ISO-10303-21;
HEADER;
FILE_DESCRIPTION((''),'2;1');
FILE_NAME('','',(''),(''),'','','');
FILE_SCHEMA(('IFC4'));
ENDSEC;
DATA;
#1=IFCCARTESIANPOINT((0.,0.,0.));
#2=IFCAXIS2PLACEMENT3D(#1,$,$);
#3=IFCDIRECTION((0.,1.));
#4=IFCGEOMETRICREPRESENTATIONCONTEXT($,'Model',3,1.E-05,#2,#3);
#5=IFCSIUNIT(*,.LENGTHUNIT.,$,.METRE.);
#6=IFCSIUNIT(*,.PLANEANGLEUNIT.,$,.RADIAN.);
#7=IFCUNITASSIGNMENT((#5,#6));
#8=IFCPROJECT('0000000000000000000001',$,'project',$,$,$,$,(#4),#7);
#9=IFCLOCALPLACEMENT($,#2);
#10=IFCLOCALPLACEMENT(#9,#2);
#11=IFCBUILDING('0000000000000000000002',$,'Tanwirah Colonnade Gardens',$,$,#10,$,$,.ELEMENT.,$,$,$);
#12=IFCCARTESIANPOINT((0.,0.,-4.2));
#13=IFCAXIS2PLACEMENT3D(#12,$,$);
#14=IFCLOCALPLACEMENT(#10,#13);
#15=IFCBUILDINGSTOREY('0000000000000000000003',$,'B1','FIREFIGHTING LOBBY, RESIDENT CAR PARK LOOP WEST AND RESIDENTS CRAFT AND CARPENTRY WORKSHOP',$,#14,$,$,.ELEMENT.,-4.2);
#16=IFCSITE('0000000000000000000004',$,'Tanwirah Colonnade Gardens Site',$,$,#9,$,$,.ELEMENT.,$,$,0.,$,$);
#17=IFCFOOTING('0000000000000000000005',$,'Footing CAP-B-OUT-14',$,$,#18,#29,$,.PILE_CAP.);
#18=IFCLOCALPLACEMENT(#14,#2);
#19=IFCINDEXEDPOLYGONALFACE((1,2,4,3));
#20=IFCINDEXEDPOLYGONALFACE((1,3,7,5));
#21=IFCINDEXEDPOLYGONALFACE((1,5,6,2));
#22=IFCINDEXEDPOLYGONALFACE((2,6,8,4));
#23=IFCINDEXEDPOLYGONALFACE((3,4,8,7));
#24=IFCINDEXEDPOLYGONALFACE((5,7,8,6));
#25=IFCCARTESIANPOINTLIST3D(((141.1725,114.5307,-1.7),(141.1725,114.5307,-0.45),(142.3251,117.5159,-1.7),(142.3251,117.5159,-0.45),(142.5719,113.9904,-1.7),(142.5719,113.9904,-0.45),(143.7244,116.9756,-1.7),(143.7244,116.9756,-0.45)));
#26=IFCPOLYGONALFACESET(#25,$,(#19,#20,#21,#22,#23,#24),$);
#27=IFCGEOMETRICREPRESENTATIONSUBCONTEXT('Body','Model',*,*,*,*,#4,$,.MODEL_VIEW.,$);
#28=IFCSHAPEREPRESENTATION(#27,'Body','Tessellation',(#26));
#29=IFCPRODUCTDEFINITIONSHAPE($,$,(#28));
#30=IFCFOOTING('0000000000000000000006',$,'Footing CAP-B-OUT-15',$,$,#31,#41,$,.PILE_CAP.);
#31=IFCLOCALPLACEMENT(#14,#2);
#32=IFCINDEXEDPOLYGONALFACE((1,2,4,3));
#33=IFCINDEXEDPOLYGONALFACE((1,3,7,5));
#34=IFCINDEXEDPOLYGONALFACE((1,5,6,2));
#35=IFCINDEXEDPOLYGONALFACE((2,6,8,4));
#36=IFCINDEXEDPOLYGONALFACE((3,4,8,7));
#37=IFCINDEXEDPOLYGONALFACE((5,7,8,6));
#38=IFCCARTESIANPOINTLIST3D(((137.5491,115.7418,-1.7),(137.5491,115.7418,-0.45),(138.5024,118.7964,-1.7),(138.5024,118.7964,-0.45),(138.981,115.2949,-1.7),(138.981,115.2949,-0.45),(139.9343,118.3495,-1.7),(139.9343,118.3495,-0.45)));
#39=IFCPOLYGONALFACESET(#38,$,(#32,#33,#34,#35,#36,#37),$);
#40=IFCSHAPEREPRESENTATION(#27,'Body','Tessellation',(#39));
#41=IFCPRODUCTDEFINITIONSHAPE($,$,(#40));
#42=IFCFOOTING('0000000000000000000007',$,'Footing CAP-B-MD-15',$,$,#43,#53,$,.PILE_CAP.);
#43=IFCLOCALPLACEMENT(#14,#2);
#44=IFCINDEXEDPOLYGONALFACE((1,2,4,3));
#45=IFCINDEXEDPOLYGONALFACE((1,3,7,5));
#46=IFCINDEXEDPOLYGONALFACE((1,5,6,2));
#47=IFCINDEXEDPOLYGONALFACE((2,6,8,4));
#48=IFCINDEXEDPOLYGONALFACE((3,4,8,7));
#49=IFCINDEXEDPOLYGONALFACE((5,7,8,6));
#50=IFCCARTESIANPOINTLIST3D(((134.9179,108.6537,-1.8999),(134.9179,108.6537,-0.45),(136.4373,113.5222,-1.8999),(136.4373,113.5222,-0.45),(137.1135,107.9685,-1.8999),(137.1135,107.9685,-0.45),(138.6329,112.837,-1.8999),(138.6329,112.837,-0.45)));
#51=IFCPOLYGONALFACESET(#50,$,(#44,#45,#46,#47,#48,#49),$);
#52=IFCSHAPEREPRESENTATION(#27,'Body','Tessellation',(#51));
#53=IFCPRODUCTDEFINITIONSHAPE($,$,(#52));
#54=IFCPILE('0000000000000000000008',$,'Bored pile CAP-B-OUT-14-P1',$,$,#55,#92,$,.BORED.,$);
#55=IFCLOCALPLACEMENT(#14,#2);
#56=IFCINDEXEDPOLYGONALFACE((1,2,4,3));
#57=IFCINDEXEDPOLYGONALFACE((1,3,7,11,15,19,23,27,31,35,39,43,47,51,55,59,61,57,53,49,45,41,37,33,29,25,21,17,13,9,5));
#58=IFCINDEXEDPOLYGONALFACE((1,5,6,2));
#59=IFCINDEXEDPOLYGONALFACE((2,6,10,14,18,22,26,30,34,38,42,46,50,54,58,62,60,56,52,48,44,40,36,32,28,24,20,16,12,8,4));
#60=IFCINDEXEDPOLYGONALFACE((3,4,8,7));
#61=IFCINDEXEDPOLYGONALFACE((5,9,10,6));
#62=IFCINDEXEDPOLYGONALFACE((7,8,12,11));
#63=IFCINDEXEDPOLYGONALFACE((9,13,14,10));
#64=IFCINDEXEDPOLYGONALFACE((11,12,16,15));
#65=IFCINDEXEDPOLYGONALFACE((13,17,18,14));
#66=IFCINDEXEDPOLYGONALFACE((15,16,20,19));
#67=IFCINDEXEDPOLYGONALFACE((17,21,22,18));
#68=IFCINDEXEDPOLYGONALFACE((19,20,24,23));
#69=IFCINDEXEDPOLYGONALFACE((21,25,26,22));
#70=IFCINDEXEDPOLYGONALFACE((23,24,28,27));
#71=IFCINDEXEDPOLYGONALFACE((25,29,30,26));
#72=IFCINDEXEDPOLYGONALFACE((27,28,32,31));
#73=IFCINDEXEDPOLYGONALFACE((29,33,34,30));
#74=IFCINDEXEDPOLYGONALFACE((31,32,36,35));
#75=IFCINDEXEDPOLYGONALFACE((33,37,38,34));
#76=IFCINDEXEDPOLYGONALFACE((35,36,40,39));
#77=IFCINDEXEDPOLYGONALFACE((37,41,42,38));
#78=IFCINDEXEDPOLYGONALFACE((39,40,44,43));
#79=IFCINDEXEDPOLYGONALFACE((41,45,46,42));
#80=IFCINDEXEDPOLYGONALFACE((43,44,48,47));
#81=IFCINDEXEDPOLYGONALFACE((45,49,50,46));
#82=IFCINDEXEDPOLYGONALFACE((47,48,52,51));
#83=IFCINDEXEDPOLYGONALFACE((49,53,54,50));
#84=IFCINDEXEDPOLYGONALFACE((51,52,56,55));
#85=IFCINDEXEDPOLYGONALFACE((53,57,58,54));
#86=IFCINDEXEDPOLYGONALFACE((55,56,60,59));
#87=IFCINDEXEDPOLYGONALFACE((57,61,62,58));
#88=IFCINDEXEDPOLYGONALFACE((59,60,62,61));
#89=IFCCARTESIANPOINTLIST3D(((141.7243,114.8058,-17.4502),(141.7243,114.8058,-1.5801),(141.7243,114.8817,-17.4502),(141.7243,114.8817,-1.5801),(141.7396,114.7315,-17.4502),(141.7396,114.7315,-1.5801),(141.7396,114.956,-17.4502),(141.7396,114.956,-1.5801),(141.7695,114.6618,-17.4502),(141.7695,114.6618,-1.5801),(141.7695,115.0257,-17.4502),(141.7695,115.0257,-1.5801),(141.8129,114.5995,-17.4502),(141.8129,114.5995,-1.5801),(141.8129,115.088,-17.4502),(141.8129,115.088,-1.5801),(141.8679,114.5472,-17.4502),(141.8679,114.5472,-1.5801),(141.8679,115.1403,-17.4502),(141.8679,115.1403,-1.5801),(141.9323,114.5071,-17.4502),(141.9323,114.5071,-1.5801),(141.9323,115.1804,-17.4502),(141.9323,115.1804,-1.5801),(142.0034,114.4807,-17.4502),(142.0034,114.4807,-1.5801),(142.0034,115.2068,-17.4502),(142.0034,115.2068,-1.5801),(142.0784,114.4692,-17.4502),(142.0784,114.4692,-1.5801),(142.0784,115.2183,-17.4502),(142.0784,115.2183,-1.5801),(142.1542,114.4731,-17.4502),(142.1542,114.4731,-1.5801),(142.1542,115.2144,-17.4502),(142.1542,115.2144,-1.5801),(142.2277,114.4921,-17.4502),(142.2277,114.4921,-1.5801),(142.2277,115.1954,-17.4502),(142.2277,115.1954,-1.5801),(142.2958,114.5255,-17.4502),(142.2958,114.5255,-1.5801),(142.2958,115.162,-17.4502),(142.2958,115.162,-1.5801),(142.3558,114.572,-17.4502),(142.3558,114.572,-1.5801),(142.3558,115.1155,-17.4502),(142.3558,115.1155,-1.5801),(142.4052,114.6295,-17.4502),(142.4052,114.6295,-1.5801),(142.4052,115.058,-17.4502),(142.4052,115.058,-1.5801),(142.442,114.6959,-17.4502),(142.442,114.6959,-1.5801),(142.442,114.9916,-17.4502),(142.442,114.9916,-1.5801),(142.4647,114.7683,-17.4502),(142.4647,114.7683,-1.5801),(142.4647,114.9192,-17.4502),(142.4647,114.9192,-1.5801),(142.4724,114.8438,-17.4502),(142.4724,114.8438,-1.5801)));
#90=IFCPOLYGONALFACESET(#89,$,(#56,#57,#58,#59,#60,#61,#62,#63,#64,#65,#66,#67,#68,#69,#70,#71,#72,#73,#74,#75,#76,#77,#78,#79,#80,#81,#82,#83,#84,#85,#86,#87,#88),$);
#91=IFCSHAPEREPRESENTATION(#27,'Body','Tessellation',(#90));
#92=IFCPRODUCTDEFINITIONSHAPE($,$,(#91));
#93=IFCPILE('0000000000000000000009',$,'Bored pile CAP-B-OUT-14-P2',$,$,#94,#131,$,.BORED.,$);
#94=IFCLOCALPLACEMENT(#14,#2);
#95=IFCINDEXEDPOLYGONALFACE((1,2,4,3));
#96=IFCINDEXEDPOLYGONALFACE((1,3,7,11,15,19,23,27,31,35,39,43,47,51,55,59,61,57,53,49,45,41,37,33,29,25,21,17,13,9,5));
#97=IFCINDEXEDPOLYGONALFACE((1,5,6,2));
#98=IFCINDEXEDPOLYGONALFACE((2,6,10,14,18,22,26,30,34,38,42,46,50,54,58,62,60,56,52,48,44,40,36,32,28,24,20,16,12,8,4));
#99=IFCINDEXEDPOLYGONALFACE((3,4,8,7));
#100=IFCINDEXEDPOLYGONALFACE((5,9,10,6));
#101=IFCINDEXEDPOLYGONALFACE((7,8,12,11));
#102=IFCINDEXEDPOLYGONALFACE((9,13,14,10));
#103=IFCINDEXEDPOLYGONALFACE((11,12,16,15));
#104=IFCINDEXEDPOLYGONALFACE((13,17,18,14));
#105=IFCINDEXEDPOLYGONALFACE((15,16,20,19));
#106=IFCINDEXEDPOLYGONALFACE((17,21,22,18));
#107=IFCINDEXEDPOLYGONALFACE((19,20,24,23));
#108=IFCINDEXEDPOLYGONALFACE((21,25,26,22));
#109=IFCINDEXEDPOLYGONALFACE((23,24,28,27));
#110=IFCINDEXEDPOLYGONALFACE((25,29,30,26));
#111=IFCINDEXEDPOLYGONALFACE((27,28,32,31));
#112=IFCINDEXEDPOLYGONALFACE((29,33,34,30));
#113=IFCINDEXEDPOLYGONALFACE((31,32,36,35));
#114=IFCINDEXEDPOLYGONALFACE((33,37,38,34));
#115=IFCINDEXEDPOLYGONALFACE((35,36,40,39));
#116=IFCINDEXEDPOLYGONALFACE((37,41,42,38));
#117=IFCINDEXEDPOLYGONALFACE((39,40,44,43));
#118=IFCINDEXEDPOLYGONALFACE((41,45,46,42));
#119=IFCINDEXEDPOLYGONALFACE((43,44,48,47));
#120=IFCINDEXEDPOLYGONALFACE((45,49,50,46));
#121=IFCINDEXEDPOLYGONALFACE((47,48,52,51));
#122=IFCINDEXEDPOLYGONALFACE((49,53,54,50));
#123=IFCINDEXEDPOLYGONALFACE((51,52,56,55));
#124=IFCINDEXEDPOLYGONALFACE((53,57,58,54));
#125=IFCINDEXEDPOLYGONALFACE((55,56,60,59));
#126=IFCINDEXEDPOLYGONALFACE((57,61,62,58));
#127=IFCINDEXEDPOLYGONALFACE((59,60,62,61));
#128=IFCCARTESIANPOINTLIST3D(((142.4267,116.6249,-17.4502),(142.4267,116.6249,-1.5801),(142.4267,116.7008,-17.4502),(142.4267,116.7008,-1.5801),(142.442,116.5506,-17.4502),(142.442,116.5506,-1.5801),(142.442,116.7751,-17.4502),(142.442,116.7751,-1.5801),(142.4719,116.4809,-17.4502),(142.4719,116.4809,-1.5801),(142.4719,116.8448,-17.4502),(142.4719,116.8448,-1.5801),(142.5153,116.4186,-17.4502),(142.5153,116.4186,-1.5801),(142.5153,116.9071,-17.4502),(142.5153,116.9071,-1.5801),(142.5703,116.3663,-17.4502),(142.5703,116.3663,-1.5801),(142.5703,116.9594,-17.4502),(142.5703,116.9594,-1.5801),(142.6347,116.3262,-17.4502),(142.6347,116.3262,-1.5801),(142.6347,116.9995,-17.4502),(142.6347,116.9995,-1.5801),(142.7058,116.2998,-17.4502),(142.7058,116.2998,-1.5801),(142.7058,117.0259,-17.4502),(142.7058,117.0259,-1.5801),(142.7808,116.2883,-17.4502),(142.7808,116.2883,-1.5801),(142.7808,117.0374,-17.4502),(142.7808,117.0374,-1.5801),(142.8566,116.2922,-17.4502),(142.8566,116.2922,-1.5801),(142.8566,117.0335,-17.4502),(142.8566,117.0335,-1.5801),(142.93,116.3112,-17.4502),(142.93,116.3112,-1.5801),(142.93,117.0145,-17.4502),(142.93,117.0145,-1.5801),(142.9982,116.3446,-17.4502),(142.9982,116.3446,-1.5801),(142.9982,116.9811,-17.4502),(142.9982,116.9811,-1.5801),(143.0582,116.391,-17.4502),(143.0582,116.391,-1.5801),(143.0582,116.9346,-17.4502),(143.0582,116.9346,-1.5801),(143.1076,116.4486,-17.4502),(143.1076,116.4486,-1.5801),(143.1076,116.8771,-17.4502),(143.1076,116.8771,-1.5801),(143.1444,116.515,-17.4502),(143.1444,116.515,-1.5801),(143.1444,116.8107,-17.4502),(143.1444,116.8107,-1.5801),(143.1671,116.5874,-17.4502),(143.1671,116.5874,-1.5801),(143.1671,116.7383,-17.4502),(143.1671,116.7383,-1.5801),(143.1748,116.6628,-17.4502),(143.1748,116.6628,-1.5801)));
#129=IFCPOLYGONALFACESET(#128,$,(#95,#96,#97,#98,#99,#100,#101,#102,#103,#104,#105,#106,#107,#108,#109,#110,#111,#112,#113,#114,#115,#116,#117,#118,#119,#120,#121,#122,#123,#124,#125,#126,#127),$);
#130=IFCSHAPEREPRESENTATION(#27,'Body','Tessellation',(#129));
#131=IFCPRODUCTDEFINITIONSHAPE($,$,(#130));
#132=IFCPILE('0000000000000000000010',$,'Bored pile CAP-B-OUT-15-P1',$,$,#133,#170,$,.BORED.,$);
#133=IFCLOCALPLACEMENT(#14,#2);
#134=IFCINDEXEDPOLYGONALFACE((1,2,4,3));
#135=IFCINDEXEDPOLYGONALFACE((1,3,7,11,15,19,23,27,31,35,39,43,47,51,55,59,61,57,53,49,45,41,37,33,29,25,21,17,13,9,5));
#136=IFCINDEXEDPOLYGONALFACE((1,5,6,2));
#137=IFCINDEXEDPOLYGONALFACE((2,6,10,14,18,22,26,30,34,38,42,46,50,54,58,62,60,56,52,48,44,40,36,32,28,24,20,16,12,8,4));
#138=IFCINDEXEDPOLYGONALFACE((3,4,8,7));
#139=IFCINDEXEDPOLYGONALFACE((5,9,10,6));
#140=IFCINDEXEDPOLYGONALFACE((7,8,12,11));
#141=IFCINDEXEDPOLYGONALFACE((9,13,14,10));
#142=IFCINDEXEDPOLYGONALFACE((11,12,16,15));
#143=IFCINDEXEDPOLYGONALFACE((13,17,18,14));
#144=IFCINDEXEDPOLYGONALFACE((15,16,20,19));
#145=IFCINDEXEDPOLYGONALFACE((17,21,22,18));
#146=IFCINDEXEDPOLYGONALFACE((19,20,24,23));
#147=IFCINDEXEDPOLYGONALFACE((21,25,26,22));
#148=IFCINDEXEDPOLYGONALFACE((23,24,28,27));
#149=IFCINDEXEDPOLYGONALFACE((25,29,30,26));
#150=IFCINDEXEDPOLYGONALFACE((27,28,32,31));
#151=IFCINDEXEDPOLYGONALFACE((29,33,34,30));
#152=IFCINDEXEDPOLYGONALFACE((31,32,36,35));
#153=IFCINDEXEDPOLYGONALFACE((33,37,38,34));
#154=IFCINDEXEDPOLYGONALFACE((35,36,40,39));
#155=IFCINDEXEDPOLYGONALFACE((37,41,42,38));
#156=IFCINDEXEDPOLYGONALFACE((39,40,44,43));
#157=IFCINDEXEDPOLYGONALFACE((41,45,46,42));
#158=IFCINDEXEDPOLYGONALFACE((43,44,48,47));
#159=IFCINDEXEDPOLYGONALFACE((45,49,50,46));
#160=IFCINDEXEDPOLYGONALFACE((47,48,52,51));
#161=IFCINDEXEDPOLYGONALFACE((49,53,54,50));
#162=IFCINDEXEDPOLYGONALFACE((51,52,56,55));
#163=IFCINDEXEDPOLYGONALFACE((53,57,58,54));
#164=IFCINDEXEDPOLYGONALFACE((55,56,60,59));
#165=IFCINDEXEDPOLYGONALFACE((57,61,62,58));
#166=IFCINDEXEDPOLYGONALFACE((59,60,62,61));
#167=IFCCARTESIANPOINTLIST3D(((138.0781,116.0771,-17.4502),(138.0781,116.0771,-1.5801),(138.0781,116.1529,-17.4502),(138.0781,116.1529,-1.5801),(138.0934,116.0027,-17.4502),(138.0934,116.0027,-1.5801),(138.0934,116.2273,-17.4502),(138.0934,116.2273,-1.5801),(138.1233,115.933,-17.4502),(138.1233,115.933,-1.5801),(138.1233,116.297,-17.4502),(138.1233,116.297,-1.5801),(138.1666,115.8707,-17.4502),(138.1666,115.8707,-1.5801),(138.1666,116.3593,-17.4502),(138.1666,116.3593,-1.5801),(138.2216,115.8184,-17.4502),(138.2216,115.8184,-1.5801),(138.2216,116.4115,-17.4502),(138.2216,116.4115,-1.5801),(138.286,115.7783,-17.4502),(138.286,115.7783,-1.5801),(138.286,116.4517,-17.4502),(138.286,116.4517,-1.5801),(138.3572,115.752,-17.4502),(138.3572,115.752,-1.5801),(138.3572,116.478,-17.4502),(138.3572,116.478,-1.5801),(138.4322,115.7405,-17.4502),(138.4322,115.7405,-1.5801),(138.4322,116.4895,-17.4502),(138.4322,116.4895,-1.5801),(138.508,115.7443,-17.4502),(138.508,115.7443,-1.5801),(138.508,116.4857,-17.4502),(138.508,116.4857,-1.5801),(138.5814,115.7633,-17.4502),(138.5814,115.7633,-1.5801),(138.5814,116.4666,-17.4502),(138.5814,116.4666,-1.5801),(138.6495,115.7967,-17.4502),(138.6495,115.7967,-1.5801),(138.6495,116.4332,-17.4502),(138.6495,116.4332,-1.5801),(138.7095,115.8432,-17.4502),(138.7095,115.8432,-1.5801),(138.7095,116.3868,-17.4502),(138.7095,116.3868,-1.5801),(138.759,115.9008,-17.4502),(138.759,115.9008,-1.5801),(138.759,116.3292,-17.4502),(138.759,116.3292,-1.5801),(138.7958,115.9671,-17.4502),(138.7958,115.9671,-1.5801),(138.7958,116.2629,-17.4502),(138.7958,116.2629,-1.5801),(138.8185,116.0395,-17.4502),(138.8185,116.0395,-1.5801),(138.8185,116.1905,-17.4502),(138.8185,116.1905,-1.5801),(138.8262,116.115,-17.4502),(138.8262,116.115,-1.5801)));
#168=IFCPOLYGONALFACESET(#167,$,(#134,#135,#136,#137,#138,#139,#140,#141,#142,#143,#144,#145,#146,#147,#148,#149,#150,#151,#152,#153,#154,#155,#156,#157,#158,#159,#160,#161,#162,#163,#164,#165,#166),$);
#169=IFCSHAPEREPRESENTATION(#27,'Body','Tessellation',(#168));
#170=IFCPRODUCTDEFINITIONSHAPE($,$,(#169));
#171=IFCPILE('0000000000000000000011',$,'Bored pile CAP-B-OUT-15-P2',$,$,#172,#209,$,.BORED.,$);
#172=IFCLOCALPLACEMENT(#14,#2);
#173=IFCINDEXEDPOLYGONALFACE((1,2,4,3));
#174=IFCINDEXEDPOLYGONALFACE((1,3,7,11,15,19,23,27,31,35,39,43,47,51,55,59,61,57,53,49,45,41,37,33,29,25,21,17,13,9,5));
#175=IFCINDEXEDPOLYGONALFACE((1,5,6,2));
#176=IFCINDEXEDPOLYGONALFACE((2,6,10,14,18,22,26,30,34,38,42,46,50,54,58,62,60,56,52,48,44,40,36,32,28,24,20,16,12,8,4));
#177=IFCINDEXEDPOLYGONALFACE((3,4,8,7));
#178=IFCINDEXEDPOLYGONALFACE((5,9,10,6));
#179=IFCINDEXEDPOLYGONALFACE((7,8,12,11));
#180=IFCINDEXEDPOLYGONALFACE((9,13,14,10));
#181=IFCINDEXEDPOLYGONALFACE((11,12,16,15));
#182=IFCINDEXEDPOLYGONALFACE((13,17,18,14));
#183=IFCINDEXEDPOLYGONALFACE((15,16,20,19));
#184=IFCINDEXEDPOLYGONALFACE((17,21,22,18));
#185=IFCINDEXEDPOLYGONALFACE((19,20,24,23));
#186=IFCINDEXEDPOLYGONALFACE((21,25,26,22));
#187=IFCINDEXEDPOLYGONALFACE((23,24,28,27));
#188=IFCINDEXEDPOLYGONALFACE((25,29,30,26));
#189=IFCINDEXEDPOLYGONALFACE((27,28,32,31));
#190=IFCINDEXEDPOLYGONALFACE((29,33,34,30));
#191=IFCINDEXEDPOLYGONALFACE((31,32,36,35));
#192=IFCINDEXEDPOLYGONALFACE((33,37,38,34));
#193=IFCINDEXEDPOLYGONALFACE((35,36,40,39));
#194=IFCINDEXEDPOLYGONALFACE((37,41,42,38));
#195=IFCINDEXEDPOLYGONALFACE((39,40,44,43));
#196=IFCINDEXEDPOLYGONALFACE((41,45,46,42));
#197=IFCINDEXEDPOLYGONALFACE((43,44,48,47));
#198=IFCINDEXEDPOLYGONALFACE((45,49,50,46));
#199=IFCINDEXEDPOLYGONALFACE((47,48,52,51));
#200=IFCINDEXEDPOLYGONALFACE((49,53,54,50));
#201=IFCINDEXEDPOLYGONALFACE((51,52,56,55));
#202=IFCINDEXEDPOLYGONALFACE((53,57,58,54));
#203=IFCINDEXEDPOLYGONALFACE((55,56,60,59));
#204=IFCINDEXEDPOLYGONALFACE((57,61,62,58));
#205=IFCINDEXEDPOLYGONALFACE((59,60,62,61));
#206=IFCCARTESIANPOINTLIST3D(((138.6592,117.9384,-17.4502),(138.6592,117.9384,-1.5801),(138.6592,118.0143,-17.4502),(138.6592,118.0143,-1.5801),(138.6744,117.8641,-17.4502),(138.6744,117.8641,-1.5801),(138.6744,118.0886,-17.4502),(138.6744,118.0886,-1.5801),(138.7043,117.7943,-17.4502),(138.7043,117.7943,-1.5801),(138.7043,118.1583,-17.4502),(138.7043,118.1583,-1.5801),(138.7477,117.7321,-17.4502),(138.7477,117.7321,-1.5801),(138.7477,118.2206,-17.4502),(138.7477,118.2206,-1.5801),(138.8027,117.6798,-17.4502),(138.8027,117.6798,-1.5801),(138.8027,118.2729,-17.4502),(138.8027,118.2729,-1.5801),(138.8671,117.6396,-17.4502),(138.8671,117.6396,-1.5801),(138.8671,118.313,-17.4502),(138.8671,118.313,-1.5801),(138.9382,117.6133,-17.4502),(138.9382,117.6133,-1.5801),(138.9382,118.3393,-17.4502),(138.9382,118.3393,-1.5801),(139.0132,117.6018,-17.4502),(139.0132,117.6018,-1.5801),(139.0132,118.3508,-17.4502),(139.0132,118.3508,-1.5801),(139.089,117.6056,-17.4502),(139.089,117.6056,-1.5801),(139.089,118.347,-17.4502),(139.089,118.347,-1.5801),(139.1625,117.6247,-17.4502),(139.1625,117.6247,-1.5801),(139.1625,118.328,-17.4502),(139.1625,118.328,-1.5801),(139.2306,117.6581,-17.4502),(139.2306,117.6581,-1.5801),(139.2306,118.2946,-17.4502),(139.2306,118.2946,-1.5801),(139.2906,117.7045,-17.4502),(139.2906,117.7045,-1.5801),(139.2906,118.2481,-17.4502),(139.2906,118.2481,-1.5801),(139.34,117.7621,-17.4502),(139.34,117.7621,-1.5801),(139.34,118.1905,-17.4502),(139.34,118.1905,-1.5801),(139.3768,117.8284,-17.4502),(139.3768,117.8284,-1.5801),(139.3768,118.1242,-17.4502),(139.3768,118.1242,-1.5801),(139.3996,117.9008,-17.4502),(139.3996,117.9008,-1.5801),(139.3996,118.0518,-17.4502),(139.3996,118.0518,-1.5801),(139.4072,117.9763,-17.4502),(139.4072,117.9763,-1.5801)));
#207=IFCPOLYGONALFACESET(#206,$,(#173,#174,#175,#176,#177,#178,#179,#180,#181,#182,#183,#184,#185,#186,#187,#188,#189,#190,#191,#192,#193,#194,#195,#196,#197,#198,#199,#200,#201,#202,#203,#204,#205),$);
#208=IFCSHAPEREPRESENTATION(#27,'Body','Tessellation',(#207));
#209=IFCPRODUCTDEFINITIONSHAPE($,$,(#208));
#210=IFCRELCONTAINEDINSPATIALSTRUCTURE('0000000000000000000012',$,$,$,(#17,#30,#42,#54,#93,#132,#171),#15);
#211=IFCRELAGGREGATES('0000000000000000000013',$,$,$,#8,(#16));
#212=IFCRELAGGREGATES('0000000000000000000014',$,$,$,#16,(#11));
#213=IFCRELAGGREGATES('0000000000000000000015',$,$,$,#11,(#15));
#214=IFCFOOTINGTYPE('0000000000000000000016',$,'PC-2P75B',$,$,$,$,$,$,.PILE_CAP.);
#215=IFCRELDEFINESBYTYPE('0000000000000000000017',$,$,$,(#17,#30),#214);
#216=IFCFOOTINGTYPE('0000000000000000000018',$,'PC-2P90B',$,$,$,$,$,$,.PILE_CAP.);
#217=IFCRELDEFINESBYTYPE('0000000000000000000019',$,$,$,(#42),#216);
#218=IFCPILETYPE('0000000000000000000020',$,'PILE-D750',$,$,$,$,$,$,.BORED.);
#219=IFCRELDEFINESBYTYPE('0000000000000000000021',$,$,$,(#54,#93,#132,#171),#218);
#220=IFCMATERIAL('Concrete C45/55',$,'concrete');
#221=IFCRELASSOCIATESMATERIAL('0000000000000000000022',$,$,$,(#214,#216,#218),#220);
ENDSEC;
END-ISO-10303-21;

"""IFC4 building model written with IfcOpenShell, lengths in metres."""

from ifc_helpers import new_model, si_unit, direction, frame, origin, origin_2d, place, context, subcontext, project, spatial, rectangle, circle, extrude, material, material_profile, profile_set, type_object, element, save


model = new_model("IFC4")

# Units and contexts
model_context = context("Model", 3, precision=1e-05, world=origin(), true_north=direction((0.0, 1.0)))
body_context = subcontext(model_context, "Body", "Model", "MODEL_VIEW")
ifc_project = project(units=[si_unit("LENGTHUNIT", "METRE"), si_unit("PLANEANGLEUNIT", "RADIAN")], contexts=[model_context])

# Site, building, storey
site_placement = place(None, origin())
site = spatial("IfcSite", under=ifc_project, at=site_placement, Name="Tanwirah Colonnade Gardens Site", CompositionType="ELEMENT", RefElevation=0.0)
building_placement = place(site_placement, origin())
building = spatial("IfcBuilding", under=site, at=building_placement, Name="Tanwirah Colonnade Gardens", CompositionType="ELEMENT")
storey_placement = place(building_placement, frame((0.0, 0.0, -4.2)))
storey = spatial("IfcBuildingStorey", under=building, at=storey_placement, Name="B1", Description="FIREFIGHTING LOBBY, RESIDENT CAR PARK LOOP WEST AND RESIDENTS CRAFT AND CARPENTRY WORKSHOP", CompositionType="ELEMENT", Elevation=-4.2)

# Footings
ifc_material_1 = material(Name="Concrete C45/55", Category="concrete")
footing_type_1 = type_object("IfcFootingType", Name="PC-2P75B", PredefinedType="PILE_CAP", material=ifc_material_1)
for number, where, z_axis, x_axis, name in (
    (1, (142.4485, 115.7532, -1.7), (0.0, 0.0, 1.0), (0.360178, 0.932884, 0.0), "Footing CAP-B-OUT-14"),
    (2, (138.7417, 117.0457, -1.7), (0.0, 0.0, 1.0), (0.29793, 0.954588, 0.0), "Footing CAP-B-OUT-15"),
):
    element("IfcFooting", number, at=place(storey_placement, frame(where, z_axis=z_axis, x_axis=x_axis)), inside=storey, type_object=footing_type_1, Name=name, PredefinedType="PILE_CAP", context=body_context, shape_type="SweptSolid", body=[
        extrude(rectangle(XDim=3.2, YDim=1.5, at=origin_2d()), origin(), (0.0, 0.0, 1.0), 1.25),
    ])
footing_type_2 = type_object("IfcFootingType", Name="PC-2P90B", PredefinedType="PILE_CAP", material=ifc_material_1)
footing_placement = place(storey_placement, frame((136.7754, 110.7454, -1.8999), z_axis=(0.0, 0.0, 1.0), x_axis=(0.29793, 0.954588, 0.0)))
element("IfcFooting", 3, at=footing_placement, inside=storey, type_object=footing_type_2, Name="Footing CAP-B-MD-15", PredefinedType="PILE_CAP", context=body_context, shape_type="SweptSolid", body=[
    extrude(rectangle(XDim=5.1001, YDim=2.3, at=origin_2d()), origin(), (0.0, 0.0, 1.0), 1.45),
])

# Piles
ifc_material_profile_1 = material_profile(ifc_material_1, circle(Radius=0.375, at=origin_2d()), Name="PILE D750")
ifc_profile_set_1 = profile_set([ifc_material_profile_1], Name="Concrete C45/55")
pile_type_1 = type_object("IfcPileType", Name="PILE-D750", PredefinedType="BORED", material=ifc_profile_set_1)
for number, where, z_axis, x_axis, name in (
    (4, (142.0974, 114.8438, -1.5801), (0.0, 0.0, -1.0), (1.0, 0.0, 0.0), "Bored pile CAP-B-OUT-14-P1"),
    (5, (142.7998, 116.6628, -1.5801), (0.0, 0.0, -1.0), (1.0, 0.0, 0.0), "Bored pile CAP-B-OUT-14-P2"),
    (6, (138.4512, 116.115, -1.5801), (0.0, 0.0, -1.0), (1.0, 0.0, 0.0), "Bored pile CAP-B-OUT-15-P1"),
    (7, (139.0322, 117.9763, -1.5801), (0.0, 0.0, -1.0), (1.0, 0.0, 0.0), "Bored pile CAP-B-OUT-15-P2"),
):
    element("IfcPile", number, at=place(storey_placement, frame(where, z_axis=z_axis, x_axis=x_axis)), inside=storey, type_object=pile_type_1, Name=name, PredefinedType="BORED", context=body_context, shape_type="SweptSolid", body=[
        extrude(circle(Radius=0.375, at=origin_2d()), origin(), (0.0, 0.0, 1.0), 15.8701),
    ])

save(model, "model.ifc")
